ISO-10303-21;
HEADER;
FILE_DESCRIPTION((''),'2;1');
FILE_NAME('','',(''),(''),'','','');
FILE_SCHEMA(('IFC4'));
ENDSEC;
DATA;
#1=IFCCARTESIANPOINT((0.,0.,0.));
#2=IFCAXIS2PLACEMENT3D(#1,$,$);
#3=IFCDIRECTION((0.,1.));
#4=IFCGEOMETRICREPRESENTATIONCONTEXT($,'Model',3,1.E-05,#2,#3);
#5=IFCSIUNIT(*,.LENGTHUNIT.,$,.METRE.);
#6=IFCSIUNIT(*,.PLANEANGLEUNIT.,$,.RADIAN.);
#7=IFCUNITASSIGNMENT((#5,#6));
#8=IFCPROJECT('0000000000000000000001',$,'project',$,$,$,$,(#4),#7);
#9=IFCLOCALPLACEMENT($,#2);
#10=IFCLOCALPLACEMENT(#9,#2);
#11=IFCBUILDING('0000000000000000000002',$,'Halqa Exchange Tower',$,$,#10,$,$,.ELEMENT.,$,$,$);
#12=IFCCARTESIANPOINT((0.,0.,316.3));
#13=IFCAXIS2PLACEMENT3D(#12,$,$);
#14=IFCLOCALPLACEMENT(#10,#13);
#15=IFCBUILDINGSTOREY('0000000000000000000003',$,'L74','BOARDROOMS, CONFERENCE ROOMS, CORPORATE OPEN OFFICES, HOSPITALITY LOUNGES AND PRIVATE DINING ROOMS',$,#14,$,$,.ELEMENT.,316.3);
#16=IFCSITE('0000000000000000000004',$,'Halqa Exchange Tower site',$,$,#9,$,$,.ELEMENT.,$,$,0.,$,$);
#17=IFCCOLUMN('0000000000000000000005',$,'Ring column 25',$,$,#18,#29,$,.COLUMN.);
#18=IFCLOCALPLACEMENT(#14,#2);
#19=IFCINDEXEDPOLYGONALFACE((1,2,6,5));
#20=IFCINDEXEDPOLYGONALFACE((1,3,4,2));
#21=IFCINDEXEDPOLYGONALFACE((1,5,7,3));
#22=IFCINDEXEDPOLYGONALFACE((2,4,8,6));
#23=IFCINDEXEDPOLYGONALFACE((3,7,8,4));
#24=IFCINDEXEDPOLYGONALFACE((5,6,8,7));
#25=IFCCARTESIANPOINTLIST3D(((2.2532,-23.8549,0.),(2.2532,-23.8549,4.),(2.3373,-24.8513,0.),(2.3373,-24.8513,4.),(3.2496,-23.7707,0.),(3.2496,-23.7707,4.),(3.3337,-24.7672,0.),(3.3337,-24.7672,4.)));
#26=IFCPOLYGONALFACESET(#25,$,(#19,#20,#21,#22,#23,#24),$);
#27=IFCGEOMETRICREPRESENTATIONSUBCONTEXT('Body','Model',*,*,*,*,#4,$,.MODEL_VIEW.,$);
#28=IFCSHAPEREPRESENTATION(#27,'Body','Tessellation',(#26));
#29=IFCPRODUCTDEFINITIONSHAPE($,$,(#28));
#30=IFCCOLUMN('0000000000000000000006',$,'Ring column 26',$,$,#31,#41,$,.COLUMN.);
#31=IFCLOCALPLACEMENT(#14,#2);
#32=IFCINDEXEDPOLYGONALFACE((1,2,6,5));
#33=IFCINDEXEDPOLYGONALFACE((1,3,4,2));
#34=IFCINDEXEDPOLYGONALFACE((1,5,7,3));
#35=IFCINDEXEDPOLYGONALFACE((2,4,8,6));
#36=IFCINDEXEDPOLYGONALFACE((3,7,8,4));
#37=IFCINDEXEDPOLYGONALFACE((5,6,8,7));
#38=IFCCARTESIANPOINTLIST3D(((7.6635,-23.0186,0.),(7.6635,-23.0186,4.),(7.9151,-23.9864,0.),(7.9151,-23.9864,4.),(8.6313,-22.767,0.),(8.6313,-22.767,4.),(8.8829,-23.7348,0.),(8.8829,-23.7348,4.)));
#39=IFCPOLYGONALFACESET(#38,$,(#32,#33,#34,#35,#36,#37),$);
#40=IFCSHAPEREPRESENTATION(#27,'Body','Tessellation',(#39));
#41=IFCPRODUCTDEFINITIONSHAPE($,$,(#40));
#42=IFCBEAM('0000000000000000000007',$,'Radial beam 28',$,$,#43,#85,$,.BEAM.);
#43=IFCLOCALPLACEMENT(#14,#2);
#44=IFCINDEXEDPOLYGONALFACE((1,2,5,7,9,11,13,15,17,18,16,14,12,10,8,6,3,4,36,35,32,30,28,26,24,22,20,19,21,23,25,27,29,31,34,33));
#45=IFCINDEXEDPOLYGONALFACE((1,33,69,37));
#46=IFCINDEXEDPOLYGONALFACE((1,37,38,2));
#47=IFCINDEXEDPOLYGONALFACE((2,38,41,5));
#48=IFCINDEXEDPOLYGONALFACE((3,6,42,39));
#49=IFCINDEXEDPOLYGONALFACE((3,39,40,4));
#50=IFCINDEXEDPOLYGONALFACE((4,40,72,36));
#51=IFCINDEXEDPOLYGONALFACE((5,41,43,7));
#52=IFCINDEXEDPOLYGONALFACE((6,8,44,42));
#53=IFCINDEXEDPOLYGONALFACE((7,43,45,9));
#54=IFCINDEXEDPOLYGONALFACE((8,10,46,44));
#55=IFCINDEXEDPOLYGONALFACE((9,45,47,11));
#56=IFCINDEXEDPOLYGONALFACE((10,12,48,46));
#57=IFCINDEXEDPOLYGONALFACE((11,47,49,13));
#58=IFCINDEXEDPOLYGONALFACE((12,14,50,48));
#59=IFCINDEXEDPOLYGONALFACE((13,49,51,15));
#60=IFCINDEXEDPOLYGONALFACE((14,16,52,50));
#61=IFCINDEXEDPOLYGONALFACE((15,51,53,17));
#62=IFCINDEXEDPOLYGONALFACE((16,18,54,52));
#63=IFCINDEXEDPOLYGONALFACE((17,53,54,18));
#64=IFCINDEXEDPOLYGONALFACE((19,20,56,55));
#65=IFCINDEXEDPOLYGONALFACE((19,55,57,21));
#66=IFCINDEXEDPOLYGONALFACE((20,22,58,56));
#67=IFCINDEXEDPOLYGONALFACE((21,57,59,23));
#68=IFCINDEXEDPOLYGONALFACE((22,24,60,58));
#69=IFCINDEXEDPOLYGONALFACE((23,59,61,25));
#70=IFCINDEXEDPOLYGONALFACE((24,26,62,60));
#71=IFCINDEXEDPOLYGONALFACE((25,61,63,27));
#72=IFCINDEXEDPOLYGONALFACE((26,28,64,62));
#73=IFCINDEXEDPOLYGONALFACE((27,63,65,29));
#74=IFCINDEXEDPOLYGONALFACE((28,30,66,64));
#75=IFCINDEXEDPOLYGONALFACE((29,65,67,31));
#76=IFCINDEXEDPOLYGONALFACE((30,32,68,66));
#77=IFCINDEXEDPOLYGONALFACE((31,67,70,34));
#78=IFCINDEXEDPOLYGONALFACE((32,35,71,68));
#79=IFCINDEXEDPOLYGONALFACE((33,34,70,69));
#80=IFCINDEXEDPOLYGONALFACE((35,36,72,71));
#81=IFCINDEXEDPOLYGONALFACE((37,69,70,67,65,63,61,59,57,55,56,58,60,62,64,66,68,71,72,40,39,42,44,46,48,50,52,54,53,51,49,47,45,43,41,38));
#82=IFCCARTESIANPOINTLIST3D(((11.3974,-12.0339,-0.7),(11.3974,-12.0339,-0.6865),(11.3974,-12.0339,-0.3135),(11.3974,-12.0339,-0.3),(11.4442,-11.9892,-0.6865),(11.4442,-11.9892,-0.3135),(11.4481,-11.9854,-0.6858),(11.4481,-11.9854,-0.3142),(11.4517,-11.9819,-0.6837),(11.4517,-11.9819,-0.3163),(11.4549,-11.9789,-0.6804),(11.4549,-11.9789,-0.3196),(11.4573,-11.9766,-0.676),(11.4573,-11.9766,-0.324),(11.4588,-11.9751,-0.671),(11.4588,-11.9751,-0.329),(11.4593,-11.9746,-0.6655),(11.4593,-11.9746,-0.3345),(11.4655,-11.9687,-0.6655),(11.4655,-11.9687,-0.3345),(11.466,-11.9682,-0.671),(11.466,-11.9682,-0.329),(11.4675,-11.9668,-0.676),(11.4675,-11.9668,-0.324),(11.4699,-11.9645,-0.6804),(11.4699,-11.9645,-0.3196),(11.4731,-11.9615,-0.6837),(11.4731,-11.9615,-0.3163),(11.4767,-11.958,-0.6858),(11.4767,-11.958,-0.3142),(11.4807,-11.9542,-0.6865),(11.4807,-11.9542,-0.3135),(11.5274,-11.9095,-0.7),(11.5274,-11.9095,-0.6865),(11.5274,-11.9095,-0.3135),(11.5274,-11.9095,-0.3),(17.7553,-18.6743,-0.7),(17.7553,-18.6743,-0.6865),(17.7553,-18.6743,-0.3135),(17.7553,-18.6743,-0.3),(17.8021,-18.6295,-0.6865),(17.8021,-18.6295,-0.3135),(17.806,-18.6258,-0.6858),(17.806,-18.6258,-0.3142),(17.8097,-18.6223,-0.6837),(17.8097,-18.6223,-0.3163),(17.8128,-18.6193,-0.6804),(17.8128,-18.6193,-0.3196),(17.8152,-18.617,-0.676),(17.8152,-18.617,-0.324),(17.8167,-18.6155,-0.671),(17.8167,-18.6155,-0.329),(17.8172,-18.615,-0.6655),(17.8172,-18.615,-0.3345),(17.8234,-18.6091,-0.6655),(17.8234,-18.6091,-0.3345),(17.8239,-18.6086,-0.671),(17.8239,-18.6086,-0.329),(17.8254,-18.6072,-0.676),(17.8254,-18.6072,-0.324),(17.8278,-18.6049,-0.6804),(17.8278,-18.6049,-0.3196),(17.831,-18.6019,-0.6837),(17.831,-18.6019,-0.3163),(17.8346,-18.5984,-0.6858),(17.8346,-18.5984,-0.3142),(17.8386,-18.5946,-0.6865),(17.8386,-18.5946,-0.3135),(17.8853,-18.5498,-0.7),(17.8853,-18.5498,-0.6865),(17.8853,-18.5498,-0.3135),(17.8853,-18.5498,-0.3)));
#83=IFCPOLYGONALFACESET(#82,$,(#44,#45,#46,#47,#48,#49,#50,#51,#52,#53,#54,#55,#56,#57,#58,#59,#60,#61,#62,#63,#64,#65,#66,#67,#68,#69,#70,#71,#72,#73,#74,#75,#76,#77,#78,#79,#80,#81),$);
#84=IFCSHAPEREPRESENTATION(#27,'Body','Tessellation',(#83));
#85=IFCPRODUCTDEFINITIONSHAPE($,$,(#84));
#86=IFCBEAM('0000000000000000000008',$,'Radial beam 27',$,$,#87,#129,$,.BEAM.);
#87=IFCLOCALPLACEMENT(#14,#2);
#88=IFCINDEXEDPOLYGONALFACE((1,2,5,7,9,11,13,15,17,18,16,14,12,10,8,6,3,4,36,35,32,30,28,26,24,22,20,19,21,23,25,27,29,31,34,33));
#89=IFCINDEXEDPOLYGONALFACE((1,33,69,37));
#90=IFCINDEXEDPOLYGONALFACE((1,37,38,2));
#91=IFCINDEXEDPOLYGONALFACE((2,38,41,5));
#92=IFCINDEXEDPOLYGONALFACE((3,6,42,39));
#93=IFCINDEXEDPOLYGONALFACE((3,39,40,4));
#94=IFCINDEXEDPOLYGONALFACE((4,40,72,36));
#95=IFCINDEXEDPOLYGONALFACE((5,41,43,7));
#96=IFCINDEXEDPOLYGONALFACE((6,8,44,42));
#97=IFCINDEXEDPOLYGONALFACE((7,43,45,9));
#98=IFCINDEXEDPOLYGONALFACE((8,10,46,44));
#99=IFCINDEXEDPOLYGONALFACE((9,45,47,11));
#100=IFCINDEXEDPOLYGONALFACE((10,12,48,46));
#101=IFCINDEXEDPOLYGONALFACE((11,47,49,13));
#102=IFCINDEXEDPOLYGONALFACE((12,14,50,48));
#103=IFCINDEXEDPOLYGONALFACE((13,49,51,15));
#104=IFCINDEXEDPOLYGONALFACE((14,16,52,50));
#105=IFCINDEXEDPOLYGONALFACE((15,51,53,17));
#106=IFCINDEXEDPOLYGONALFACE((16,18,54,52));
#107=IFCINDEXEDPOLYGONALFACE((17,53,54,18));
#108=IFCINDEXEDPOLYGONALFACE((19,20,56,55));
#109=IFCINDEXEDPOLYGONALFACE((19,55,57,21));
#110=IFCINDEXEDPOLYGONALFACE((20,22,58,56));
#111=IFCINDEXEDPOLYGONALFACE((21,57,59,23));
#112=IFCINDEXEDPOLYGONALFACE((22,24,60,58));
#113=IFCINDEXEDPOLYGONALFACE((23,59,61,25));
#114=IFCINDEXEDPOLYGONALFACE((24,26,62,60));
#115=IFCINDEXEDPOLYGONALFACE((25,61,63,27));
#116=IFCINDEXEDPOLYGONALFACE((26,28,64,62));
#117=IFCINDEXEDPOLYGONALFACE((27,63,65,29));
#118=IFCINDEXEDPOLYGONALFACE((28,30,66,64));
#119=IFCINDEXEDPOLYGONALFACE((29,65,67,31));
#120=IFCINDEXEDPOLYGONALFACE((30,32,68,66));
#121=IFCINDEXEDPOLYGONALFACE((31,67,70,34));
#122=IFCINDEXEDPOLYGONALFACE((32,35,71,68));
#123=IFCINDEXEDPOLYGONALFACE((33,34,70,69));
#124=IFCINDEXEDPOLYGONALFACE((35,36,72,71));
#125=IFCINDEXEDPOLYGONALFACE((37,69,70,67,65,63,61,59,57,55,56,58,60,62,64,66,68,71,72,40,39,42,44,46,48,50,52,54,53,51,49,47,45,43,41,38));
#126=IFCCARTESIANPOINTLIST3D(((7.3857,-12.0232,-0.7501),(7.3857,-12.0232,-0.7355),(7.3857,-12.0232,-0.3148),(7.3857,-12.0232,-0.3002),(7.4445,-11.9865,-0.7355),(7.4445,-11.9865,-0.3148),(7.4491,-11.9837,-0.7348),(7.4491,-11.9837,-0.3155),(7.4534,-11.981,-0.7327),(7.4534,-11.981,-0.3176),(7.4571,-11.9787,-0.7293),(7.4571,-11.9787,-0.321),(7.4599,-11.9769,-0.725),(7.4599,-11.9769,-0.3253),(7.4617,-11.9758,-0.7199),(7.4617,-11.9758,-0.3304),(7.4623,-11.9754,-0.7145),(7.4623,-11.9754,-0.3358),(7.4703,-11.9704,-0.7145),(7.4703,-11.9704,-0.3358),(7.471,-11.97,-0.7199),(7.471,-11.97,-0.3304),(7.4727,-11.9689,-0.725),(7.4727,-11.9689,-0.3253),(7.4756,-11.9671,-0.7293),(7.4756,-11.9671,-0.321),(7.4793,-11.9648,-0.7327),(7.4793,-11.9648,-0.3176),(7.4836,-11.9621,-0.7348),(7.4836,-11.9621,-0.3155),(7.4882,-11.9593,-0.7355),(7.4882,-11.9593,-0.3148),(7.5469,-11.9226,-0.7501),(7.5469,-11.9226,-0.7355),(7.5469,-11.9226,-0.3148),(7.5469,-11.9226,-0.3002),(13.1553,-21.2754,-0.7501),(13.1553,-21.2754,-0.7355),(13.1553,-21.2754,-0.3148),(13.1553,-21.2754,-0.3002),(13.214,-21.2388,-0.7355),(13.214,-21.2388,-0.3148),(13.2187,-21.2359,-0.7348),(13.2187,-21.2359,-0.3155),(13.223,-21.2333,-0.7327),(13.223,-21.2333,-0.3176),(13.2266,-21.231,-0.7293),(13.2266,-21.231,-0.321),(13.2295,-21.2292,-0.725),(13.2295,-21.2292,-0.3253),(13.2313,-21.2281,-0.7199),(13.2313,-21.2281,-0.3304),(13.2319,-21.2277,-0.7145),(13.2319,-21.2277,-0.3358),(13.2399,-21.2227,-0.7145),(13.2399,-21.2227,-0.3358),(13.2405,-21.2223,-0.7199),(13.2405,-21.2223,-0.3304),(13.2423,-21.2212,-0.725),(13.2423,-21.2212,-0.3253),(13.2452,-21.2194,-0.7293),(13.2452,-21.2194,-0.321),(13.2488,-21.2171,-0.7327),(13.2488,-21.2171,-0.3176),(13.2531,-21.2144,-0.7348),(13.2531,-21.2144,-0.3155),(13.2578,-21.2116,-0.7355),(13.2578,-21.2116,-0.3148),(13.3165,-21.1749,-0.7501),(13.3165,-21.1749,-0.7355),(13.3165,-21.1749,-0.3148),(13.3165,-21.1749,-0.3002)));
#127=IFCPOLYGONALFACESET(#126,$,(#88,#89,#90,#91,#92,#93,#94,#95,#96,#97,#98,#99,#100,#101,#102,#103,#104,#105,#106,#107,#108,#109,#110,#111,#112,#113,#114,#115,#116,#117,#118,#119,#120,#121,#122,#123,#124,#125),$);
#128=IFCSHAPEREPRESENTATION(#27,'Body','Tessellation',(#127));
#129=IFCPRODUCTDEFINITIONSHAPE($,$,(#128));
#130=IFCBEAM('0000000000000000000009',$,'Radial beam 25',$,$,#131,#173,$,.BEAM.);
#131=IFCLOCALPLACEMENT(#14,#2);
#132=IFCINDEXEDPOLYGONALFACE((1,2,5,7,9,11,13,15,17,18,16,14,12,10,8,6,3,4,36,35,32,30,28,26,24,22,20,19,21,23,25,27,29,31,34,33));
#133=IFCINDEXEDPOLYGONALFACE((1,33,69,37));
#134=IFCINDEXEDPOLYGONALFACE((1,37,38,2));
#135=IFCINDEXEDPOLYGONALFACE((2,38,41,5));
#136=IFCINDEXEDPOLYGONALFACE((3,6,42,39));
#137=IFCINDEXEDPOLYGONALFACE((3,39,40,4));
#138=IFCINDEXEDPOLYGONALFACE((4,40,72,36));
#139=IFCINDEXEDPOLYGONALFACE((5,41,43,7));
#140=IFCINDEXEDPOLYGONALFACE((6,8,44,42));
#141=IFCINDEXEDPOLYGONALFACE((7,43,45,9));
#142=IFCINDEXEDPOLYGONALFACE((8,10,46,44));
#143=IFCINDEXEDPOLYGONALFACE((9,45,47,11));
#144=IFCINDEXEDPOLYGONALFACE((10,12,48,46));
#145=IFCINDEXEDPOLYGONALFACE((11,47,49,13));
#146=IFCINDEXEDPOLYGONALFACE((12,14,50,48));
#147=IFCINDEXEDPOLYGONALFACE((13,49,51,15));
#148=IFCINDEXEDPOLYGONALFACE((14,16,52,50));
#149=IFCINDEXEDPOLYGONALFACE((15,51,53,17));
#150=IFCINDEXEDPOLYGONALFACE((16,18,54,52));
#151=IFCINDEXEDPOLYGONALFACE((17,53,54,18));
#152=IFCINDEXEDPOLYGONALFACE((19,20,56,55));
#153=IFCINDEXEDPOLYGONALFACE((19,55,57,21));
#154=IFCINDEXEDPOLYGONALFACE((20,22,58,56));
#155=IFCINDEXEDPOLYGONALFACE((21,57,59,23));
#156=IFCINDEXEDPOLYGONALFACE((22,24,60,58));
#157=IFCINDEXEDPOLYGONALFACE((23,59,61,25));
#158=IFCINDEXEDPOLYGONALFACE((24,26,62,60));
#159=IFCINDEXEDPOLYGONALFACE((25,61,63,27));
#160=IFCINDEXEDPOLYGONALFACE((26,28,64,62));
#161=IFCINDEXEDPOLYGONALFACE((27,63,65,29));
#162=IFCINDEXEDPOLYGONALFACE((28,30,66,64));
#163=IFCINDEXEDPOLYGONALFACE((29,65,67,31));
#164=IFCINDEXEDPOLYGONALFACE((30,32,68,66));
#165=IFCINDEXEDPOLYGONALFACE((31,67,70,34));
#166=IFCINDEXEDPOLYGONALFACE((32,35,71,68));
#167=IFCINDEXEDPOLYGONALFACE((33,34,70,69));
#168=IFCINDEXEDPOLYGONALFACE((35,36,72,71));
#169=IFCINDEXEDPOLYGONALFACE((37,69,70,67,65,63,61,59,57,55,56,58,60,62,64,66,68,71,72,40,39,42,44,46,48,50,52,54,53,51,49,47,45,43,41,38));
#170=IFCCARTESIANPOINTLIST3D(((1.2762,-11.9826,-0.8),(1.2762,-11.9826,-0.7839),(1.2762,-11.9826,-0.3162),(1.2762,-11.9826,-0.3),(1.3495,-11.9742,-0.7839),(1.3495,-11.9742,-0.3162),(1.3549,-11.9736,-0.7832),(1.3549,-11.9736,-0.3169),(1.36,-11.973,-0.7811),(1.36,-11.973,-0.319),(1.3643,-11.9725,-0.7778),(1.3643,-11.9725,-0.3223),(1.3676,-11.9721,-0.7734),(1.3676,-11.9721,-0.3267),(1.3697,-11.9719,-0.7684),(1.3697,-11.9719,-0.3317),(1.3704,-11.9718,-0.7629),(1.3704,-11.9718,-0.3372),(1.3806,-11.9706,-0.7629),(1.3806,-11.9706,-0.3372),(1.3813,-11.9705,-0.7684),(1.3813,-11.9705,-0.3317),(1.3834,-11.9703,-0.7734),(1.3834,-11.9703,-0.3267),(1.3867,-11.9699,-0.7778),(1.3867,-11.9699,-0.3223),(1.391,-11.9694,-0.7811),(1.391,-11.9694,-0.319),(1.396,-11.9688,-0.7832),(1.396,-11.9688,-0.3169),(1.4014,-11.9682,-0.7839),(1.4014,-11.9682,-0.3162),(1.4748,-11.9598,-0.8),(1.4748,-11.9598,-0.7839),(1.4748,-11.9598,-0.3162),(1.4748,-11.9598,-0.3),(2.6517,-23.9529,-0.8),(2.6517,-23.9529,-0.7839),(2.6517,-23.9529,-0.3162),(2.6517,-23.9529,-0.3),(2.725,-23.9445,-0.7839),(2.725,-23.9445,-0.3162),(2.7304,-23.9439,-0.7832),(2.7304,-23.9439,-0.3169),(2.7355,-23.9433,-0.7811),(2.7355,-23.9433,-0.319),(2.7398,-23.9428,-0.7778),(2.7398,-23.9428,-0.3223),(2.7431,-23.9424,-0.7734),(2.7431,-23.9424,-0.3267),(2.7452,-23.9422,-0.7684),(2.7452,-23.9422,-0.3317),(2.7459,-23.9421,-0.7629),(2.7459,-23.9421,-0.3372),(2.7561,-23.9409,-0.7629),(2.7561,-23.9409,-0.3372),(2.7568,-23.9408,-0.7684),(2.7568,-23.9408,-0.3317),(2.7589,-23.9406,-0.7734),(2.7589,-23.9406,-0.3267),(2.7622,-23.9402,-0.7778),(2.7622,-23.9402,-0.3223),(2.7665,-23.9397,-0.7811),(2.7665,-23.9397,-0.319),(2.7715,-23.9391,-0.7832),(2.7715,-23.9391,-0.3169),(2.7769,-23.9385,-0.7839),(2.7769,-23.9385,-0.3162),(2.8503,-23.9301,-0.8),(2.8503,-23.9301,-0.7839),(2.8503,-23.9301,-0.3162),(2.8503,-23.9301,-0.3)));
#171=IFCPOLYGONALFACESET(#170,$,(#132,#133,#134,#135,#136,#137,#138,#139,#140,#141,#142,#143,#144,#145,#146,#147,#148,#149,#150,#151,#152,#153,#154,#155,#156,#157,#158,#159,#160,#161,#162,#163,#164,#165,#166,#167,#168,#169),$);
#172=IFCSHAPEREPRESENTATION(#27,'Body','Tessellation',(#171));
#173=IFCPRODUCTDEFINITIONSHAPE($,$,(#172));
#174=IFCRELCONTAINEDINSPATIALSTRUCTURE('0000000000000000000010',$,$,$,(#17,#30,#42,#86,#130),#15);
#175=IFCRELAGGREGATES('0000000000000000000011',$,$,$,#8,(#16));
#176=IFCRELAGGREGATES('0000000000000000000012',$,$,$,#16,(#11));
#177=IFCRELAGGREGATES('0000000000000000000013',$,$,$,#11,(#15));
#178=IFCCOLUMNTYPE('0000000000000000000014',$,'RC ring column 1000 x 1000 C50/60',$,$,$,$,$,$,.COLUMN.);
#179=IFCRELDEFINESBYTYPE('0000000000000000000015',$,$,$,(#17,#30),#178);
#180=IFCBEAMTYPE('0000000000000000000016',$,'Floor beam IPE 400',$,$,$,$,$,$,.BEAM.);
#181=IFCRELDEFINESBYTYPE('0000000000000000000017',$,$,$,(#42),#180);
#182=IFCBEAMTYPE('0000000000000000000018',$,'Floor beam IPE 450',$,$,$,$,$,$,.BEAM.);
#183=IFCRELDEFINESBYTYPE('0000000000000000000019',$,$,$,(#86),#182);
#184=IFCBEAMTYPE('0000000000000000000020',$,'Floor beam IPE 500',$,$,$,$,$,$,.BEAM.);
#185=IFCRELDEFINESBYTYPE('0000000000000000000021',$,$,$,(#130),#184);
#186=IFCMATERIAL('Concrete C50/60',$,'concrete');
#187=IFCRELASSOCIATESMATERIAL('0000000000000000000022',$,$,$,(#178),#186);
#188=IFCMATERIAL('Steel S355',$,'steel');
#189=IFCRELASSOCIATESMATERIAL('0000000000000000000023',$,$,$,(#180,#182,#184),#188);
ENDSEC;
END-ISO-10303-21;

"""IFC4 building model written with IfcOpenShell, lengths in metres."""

from ifc_helpers import new_model, si_unit, direction, frame, origin, origin_2d, place, context, subcontext, project, spatial, rectangle, i_section, extrude, material, material_profile, profile_set, type_object, element, save


model = new_model("IFC4")

# Units and contexts
model_context = context("Model", 3, precision=1e-05, world=origin(), true_north=direction((0.0, 1.0)))
body_context = subcontext(model_context, "Body", "Model", "MODEL_VIEW")
ifc_project = project(units=[si_unit("LENGTHUNIT", "METRE"), si_unit("PLANEANGLEUNIT", "RADIAN")], contexts=[model_context])

# Site, building, storey
site_placement = place(None, origin())
site = spatial("IfcSite", under=ifc_project, at=site_placement, Name="Halqa Exchange Tower site", CompositionType="ELEMENT", RefElevation=0.0)
building_placement = place(site_placement, origin())
building = spatial("IfcBuilding", under=site, at=building_placement, Name="Halqa Exchange Tower", CompositionType="ELEMENT")
storey_placement = place(building_placement, frame((0.0, 0.0, 316.3)))
storey = spatial("IfcBuildingStorey", under=building, at=storey_placement, Name="L74", Description="BOARDROOMS, CONFERENCE ROOMS, CORPORATE OPEN OFFICES, HOSPITALITY LOUNGES AND PRIVATE DINING ROOMS", CompositionType="ELEMENT", Elevation=316.3)

# Columns
ifc_material_1 = material(Name="Concrete C50/60", Category="concrete")
ifc_material_profile_1 = material_profile(ifc_material_1, rectangle(XDim=1.0, YDim=1.0, at=origin_2d()), Name="1000 x 1000")
ifc_profile_set_1 = profile_set([ifc_material_profile_1], Name="Concrete C50/60")
column_type = type_object("IfcColumnType", Name="RC ring column 1000 x 1000 C50/60", PredefinedType="COLUMN", material=ifc_profile_set_1)
for number, where, z_axis, x_axis, name in (
    (1, (2.7935, -24.311, 0.0), (0.0, 0.0, 1.0), (0.996455, 0.084127, 0.0), "Ring column 25"),
    (2, (8.2732, -23.3767, 0.0), (0.0, 0.0, 1.0), (0.967819, 0.251647, 0.0), "Ring column 26"),
):
    element("IfcColumn", number, at=place(storey_placement, frame(where, z_axis=z_axis, x_axis=x_axis)), inside=storey, type_object=column_type, Name=name, PredefinedType="COLUMN", context=body_context, shape_type="SweptSolid", body=[
        extrude(rectangle(XDim=1.0, YDim=1.0, at=origin_2d()), origin(), (0.0, 0.0, 1.0), 4.0),
    ])

# Beams
ifc_material_2 = material(Name="Steel S355", Category="steel")
ifc_material_profile_2 = material_profile(ifc_material_2, i_section(OverallWidth=0.1799, OverallDepth=0.3999, WebThickness=0.0085, FlangeThickness=0.0134, FilletRadius=0.021, at=origin_2d()), Name="IPE 400")
ifc_profile_set_2 = profile_set([ifc_material_profile_2], Name="Steel S355")
beam_type_1 = type_object("IfcBeamType", Name="Floor beam IPE 400", PredefinedType="BEAM", material=ifc_profile_set_2)
beam_1_placement = place(storey_placement, frame((11.4624, -11.9717, -0.5), z_axis=(0.691577, -0.722303, 0.0), x_axis=(0.722303, 0.691577, 0.0)))
element("IfcBeam", 3, at=beam_1_placement, inside=storey, type_object=beam_type_1, Name="Radial beam 28", PredefinedType="BEAM", context=body_context, shape_type="SweptSolid", body=[
    extrude(i_section(OverallWidth=0.1799, OverallDepth=0.3999, WebThickness=0.0085, FlangeThickness=0.0134, FilletRadius=0.021, at=origin_2d()), origin(), (0.0, 0.0, 1.0), 9.1934),
])
ifc_material_profile_3 = material_profile(ifc_material_2, i_section(OverallWidth=0.1899, OverallDepth=0.45, WebThickness=0.0095, FlangeThickness=0.0146, FilletRadius=0.021, at=origin_2d()), Name="IPE 450")
ifc_profile_set_3 = profile_set([ifc_material_profile_3], Name="Steel S355")
beam_type_2 = type_object("IfcBeamType", Name="Floor beam IPE 450", PredefinedType="BEAM", material=ifc_profile_set_3)
beam_2_placement = place(storey_placement, frame((7.4663, -11.9729, -0.5251), z_axis=(0.529135, -0.848538, 0.0), x_axis=(0.848538, 0.529135, 0.0)))
element("IfcBeam", 4, at=beam_2_placement, inside=storey, type_object=beam_type_2, Name="Radial beam 27", PredefinedType="BEAM", context=body_context, shape_type="SweptSolid", body=[
    extrude(i_section(OverallWidth=0.1899, OverallDepth=0.45, WebThickness=0.0095, FlangeThickness=0.0146, FilletRadius=0.021, at=origin_2d()), origin(), (0.0, 0.0, 1.0), 10.9038),
])
ifc_material_profile_4 = material_profile(ifc_material_2, i_section(OverallWidth=0.2, OverallDepth=0.5, WebThickness=0.0103, FlangeThickness=0.0161, FilletRadius=0.021, at=origin_2d()), Name="IPE 500")
ifc_profile_set_4 = profile_set([ifc_material_profile_4], Name="Steel S355")
beam_type_3 = type_object("IfcBeamType", Name="Floor beam IPE 500", PredefinedType="BEAM", material=ifc_profile_set_4)
beam_3_placement = place(storey_placement, frame((1.3755, -11.9712, -0.55), z_axis=(0.114158, -0.993463, 0.0), x_axis=(0.993463, 0.114158, 0.0)))
element("IfcBeam", 5, at=beam_3_placement, inside=storey, type_object=beam_type_3, Name="Radial beam 25", PredefinedType="BEAM", context=body_context, shape_type="SweptSolid", body=[
    extrude(i_section(OverallWidth=0.2, OverallDepth=0.5, WebThickness=0.0103, FlangeThickness=0.0161, FilletRadius=0.021, at=origin_2d()), origin(), (0.0, 0.0, 1.0), 12.0491),
])

save(model, "model.ifc")
